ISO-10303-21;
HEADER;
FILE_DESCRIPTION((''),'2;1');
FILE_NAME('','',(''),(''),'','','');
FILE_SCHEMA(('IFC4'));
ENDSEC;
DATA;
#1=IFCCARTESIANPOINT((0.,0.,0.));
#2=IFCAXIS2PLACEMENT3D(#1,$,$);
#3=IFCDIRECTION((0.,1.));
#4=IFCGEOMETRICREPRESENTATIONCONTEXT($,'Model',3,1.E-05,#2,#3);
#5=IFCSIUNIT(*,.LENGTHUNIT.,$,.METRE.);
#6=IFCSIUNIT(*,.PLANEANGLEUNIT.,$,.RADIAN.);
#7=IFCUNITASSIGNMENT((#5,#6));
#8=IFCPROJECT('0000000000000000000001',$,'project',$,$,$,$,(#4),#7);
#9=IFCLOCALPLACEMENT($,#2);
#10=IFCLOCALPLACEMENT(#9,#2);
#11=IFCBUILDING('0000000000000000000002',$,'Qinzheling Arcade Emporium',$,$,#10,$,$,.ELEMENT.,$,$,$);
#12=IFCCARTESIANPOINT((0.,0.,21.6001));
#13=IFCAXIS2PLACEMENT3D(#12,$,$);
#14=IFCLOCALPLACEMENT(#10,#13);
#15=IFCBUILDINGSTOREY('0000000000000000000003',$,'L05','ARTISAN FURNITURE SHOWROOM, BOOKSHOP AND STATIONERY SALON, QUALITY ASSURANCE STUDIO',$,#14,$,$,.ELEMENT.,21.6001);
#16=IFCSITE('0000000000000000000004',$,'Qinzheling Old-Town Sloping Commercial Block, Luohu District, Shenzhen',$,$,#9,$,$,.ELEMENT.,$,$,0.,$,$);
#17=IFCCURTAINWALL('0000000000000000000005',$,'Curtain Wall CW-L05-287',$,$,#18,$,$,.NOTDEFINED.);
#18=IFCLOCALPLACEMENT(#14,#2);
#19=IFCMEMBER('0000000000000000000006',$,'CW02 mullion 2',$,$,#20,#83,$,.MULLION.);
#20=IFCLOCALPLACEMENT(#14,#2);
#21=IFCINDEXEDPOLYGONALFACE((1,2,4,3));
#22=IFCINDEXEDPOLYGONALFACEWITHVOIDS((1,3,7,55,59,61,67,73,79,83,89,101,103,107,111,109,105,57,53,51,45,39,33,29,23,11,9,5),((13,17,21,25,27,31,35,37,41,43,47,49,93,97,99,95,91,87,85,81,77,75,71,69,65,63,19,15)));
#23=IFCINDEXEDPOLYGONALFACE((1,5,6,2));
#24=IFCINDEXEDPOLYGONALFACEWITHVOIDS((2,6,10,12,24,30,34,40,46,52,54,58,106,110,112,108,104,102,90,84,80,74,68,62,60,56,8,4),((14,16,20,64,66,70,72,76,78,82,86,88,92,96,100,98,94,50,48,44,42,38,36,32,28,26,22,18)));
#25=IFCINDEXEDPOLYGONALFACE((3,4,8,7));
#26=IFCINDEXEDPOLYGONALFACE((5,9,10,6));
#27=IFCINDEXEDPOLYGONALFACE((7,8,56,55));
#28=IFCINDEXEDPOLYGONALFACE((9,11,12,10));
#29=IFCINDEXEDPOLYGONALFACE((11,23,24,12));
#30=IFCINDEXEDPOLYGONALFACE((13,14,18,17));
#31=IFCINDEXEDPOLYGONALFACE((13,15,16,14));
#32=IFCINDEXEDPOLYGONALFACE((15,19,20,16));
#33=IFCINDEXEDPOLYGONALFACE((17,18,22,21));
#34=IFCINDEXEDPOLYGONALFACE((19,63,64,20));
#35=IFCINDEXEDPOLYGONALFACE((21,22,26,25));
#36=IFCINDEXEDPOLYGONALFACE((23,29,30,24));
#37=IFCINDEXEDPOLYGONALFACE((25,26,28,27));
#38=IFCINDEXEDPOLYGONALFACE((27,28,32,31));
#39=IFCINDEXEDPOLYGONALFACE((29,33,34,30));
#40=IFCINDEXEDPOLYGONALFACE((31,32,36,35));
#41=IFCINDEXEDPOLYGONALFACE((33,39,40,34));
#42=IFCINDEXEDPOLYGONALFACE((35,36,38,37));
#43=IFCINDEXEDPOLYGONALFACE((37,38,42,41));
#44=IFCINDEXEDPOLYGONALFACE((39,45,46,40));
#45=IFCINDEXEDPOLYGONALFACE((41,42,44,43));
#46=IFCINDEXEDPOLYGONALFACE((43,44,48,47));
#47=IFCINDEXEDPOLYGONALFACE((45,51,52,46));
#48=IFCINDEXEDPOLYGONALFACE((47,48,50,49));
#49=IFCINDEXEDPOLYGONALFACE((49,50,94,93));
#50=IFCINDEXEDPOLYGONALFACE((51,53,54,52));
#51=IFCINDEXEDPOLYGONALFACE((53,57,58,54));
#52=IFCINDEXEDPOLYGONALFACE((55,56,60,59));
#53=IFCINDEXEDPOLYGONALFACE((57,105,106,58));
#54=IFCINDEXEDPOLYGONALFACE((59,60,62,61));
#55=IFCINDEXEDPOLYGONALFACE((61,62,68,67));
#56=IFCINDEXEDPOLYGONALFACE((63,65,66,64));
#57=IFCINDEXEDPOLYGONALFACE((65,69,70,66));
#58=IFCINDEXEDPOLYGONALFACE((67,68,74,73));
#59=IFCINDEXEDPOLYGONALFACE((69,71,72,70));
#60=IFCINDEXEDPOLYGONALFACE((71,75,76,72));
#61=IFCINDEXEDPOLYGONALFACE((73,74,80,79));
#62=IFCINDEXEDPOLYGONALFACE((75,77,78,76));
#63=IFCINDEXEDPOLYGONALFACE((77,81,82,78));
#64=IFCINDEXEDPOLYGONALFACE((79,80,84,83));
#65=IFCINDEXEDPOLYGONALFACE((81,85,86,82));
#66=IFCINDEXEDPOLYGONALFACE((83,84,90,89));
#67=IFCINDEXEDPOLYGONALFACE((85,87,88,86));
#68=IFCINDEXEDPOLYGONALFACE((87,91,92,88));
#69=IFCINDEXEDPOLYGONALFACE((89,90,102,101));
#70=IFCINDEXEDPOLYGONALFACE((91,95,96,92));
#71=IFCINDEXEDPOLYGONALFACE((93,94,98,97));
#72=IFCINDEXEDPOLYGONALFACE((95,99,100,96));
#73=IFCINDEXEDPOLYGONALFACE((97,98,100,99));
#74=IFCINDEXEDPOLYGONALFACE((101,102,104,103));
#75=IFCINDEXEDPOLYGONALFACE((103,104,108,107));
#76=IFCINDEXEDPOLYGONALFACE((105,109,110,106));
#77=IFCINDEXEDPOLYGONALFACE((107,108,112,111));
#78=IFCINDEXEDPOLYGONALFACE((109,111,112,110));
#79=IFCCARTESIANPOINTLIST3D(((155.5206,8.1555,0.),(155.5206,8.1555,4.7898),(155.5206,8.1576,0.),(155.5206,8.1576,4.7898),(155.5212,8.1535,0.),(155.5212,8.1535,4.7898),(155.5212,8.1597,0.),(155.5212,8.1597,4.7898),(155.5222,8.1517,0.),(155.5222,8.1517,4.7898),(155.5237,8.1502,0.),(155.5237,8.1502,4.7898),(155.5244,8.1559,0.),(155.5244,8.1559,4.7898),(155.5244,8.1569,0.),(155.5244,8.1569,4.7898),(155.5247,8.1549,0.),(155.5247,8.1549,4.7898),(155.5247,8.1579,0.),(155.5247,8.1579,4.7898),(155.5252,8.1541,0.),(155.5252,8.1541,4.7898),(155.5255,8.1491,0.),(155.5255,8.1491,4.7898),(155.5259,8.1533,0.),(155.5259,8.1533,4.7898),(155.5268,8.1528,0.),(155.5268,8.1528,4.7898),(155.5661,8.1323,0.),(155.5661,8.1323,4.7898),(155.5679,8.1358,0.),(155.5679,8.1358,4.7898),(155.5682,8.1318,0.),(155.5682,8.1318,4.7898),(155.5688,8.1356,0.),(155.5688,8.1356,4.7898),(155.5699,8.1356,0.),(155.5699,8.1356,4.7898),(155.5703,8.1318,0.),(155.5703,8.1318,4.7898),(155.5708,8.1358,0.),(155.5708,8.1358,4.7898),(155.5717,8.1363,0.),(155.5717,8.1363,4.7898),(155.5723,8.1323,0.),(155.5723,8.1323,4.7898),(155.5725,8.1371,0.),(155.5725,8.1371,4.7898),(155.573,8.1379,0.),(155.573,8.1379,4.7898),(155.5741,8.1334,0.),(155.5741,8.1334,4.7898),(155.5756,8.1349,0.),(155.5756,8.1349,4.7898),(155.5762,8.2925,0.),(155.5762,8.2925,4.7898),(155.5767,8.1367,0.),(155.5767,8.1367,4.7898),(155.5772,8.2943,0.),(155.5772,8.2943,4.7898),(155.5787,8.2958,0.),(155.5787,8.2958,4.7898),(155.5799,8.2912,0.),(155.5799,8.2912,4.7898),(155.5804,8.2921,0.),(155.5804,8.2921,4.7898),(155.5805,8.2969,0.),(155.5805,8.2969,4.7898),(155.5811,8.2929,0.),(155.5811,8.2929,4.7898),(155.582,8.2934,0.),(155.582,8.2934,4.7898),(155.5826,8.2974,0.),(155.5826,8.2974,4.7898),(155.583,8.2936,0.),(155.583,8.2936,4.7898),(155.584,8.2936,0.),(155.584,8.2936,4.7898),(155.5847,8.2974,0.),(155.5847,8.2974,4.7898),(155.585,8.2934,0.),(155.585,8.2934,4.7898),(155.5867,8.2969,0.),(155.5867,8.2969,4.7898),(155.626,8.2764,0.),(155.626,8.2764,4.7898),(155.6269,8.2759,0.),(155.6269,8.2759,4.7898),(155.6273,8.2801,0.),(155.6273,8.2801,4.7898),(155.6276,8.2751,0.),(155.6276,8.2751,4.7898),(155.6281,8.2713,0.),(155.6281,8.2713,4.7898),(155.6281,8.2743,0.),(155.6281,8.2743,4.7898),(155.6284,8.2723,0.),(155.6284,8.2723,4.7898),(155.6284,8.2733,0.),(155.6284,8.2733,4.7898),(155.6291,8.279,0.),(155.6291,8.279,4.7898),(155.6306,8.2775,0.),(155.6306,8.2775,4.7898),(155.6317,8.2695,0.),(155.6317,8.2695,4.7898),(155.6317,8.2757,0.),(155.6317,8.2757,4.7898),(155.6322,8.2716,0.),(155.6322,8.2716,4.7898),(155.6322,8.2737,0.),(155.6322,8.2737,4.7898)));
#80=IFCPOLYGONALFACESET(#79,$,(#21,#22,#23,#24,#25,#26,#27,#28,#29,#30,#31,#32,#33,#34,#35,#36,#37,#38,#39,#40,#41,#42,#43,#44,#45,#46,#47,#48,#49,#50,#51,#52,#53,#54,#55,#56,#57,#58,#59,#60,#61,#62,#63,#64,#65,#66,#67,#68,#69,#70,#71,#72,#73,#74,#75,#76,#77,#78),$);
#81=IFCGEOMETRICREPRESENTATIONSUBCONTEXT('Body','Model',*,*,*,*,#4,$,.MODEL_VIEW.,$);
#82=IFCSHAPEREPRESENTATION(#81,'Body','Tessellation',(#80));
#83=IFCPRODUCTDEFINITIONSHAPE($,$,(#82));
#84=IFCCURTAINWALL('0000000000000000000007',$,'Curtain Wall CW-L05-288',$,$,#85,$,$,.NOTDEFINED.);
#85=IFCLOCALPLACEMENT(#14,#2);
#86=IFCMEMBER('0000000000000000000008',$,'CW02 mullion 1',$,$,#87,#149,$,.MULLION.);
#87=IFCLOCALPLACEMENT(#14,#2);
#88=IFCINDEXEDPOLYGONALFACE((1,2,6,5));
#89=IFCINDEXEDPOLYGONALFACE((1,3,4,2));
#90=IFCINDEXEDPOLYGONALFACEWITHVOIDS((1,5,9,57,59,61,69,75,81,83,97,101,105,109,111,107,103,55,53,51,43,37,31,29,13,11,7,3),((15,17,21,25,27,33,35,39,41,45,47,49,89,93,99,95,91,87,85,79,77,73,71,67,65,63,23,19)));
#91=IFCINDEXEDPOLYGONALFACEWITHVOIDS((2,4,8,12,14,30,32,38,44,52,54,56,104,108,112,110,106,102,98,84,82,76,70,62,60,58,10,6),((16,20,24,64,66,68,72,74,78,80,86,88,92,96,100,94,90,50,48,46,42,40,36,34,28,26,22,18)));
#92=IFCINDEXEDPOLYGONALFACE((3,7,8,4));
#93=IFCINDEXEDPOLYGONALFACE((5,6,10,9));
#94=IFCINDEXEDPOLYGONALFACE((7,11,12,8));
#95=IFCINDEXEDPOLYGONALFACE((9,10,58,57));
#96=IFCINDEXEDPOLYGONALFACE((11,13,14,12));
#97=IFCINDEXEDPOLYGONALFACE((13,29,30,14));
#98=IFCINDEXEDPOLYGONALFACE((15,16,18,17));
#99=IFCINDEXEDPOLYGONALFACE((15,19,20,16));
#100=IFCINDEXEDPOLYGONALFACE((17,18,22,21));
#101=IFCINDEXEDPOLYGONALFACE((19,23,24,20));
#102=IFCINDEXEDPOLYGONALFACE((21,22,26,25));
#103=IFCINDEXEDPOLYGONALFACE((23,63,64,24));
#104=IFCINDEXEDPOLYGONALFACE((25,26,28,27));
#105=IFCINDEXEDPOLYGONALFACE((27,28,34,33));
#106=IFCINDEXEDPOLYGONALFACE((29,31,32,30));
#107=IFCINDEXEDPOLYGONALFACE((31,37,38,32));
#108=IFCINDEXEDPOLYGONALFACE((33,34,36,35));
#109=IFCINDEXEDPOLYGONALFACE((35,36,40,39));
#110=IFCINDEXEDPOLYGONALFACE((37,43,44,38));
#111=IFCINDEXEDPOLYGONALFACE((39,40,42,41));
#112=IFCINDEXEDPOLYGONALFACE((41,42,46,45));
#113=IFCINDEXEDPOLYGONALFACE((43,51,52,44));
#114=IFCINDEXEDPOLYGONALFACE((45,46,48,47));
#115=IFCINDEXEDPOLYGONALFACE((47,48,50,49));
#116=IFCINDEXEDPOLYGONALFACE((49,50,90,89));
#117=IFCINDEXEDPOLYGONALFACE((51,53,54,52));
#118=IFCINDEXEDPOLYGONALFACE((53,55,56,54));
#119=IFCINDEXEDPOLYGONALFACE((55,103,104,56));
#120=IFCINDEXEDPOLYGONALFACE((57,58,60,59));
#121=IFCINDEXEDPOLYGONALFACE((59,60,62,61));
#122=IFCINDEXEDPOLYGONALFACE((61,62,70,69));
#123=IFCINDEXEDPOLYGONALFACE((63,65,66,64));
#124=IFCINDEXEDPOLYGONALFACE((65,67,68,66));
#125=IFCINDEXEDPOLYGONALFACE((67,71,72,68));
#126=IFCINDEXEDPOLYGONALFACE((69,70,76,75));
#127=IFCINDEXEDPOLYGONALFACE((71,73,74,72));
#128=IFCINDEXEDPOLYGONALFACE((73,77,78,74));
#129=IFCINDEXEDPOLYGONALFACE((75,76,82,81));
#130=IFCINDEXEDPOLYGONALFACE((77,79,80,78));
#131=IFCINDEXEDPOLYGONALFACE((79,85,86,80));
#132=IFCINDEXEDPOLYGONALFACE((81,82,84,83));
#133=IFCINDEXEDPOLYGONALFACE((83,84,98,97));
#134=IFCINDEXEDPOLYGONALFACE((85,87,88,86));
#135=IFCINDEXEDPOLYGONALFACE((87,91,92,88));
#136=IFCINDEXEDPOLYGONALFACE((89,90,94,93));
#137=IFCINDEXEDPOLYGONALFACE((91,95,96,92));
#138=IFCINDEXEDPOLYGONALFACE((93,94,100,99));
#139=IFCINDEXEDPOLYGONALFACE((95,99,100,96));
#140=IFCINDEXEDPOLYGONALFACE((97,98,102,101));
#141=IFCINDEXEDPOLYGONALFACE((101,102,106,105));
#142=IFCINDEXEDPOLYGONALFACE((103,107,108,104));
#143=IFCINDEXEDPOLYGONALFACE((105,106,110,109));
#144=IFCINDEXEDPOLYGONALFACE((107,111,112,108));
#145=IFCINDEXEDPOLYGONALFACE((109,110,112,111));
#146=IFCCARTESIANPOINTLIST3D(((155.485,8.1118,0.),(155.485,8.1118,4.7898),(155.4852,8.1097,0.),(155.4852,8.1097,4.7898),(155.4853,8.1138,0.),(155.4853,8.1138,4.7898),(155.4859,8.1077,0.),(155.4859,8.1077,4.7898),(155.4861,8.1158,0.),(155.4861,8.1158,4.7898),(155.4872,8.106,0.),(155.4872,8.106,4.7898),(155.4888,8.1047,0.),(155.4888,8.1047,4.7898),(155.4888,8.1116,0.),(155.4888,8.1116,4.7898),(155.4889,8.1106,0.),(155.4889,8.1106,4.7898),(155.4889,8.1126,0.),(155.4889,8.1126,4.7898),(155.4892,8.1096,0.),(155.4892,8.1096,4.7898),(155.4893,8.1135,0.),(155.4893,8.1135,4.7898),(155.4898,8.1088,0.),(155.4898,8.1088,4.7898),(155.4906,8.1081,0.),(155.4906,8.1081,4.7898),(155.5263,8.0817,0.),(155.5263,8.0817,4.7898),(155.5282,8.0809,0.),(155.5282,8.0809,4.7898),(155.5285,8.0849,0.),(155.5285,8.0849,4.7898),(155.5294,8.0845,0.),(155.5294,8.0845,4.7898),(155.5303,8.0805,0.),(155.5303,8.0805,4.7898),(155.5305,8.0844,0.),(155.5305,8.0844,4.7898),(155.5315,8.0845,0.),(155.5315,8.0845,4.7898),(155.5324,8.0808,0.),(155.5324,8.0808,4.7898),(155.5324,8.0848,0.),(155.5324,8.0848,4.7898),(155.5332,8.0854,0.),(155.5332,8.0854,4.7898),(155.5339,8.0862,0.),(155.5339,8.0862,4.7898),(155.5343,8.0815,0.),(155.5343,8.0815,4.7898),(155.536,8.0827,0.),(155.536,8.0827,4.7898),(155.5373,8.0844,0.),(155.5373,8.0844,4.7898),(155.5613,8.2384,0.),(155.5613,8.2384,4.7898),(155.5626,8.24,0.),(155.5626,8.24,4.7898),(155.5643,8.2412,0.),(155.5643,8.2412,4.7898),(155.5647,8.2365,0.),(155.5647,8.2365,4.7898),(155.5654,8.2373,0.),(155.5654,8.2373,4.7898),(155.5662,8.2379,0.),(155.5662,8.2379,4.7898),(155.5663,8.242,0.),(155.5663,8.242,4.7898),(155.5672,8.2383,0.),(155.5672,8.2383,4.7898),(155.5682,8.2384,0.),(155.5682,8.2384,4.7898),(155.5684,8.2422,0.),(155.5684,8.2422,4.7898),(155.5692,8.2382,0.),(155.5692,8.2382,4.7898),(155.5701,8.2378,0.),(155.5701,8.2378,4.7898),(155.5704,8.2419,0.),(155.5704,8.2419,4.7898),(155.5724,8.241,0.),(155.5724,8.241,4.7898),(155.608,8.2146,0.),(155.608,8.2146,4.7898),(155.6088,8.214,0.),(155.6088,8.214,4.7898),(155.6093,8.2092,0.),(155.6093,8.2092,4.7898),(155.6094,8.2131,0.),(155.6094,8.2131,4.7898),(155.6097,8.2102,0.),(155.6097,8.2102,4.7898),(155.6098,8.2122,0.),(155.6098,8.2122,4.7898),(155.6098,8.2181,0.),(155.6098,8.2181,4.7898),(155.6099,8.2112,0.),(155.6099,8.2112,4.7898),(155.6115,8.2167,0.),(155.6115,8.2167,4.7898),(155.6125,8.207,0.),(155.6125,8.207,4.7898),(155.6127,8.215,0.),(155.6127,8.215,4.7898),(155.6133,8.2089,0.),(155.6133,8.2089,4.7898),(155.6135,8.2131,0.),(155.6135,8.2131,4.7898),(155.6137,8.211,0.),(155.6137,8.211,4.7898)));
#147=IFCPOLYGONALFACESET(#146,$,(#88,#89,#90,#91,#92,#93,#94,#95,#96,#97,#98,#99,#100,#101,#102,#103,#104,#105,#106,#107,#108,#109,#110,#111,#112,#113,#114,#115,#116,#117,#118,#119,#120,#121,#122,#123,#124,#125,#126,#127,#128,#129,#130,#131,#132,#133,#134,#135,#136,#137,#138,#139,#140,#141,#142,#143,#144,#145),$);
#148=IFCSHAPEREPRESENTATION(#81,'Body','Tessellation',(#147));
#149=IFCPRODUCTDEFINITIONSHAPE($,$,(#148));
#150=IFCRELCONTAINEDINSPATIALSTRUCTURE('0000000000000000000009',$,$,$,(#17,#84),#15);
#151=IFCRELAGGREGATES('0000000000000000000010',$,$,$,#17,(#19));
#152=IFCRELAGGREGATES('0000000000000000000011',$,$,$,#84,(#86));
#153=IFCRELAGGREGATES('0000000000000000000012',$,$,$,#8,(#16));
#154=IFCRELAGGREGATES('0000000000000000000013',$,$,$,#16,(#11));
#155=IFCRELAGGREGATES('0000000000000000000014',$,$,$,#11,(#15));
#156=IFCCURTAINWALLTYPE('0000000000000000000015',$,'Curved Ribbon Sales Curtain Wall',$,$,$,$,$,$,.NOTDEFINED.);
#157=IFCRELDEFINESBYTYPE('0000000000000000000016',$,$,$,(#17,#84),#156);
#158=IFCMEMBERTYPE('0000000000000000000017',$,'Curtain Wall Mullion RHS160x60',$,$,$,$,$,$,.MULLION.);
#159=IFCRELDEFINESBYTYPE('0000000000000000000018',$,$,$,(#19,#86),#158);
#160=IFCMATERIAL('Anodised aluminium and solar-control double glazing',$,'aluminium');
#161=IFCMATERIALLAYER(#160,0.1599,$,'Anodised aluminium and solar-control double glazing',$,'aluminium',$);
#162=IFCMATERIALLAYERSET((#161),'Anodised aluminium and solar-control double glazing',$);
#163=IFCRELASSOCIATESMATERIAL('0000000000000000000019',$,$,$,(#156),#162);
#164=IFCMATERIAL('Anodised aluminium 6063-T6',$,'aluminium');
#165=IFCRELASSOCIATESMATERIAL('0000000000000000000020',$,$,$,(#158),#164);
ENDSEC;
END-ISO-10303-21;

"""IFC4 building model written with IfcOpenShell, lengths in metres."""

from ifc_helpers import new_model, si_unit, direction, frame, origin, origin_2d, place, context, subcontext, project, spatial, hollow_rectangle, extrude, material, layer, layer_set, material_profile, profile_set, type_object, element, aggregate, save


model = new_model("IFC4")

# Units and contexts
model_context = context("Model", 3, precision=1e-05, world=origin(), true_north=direction((0.0, 1.0)))
body_context = subcontext(model_context, "Body", "Model", "MODEL_VIEW")
ifc_project = project(units=[si_unit("LENGTHUNIT", "METRE"), si_unit("PLANEANGLEUNIT", "RADIAN")], contexts=[model_context])

# Site, building, storey
site_placement = place(None, origin())
site = spatial("IfcSite", under=ifc_project, at=site_placement, Name="Qinzheling Old-Town Sloping Commercial Block, Luohu District, Shenzhen", CompositionType="ELEMENT", RefElevation=0.0)
building_placement = place(site_placement, origin())
building = spatial("IfcBuilding", under=site, at=building_placement, Name="Qinzheling Arcade Emporium", CompositionType="ELEMENT")
storey_placement = place(building_placement, frame((0.0, 0.0, 21.6001)))
storey = spatial("IfcBuildingStorey", under=building, at=storey_placement, Name="L05", Description="ARTISAN FURNITURE SHOWROOM, BOOKSHOP AND STATIONERY SALON, QUALITY ASSURANCE STUDIO", CompositionType="ELEMENT", Elevation=21.6001)

# Curtain wall, member
ifc_material_1 = material(Name="Anodised aluminium and solar-control double glazing", Category="aluminium")
ifc_layer_1 = layer(ifc_material_1, 0.1599, Name="Anodised aluminium and solar-control double glazing", Category="aluminium")
ifc_layer_set_1 = layer_set([ifc_layer_1], Name="Anodised aluminium and solar-control double glazing")
curtain_wall_type = type_object("IfcCurtainWallType", Name="Curved Ribbon Sales Curtain Wall", PredefinedType="NOTDEFINED", material=ifc_layer_set_1)
curtain_wall_1_placement = place(storey_placement, origin())
curtain_wall_1 = element("IfcCurtainWall", 1, at=curtain_wall_1_placement, inside=storey, type_object=curtain_wall_type, Name="Curtain Wall CW-L05-287", PredefinedType="NOTDEFINED")
ifc_material_2 = material(Name="Anodised aluminium 6063-T6", Category="aluminium")
ifc_material_profile_1 = material_profile(ifc_material_2, hollow_rectangle(XDim=0.0601, YDim=0.1599, WallThickness=0.0039, InnerFilletRadius=0.0039, OuterFilletRadius=0.0081, at=origin_2d()), Name="RHS 160x60x4", Category="aluminium")
ifc_profile_set_1 = profile_set([ifc_material_profile_1], Name="Anodised aluminium 6063-T6")
member_type_1 = type_object("IfcMemberType", Name="Curtain Wall Mullion RHS160x60", PredefinedType="MULLION", material=ifc_profile_set_1)
member_1_placement = place(storey_placement, frame((155.5764, 8.2146, 0.0), z_axis=(0.0, 0.0, 1.0), x_axis=(0.923968, -0.38247, 0.0)))
member_1 = element("IfcMember", 2, at=member_1_placement, type_object=member_type_1, Name="CW02 mullion 2", PredefinedType="MULLION", context=body_context, shape_type="SweptSolid", body=[
    extrude(hollow_rectangle(XDim=0.0601, YDim=0.1599, WallThickness=0.0039, InnerFilletRadius=0.0039, OuterFilletRadius=0.0081, at=origin_2d()), origin(), (0.0, 0.0, 1.0), 4.7898),
])

# Curtain wall, member
curtain_wall_2_placement = place(storey_placement, origin())
curtain_wall_2 = element("IfcCurtainWall", 3, at=curtain_wall_2_placement, inside=storey, type_object=curtain_wall_type, Name="Curtain Wall CW-L05-288", PredefinedType="NOTDEFINED")
member_2_placement = place(storey_placement, frame((155.5493, 8.1614, 0.0), z_axis=(0.0, 0.0, 1.0), x_axis=(0.852601, -0.522562, 0.0)))
member_2 = element("IfcMember", 4, at=member_2_placement, type_object=member_type_1, Name="CW02 mullion 1", PredefinedType="MULLION", context=body_context, shape_type="SweptSolid", body=[
    extrude(hollow_rectangle(XDim=0.0601, YDim=0.1599, WallThickness=0.0039, InnerFilletRadius=0.0039, OuterFilletRadius=0.0081, at=origin_2d()), origin(), (0.0, 0.0, 1.0), 4.7898),
])

aggregate(curtain_wall_1, [member_1])
aggregate(curtain_wall_2, [member_2])

save(model, "model.ifc")
